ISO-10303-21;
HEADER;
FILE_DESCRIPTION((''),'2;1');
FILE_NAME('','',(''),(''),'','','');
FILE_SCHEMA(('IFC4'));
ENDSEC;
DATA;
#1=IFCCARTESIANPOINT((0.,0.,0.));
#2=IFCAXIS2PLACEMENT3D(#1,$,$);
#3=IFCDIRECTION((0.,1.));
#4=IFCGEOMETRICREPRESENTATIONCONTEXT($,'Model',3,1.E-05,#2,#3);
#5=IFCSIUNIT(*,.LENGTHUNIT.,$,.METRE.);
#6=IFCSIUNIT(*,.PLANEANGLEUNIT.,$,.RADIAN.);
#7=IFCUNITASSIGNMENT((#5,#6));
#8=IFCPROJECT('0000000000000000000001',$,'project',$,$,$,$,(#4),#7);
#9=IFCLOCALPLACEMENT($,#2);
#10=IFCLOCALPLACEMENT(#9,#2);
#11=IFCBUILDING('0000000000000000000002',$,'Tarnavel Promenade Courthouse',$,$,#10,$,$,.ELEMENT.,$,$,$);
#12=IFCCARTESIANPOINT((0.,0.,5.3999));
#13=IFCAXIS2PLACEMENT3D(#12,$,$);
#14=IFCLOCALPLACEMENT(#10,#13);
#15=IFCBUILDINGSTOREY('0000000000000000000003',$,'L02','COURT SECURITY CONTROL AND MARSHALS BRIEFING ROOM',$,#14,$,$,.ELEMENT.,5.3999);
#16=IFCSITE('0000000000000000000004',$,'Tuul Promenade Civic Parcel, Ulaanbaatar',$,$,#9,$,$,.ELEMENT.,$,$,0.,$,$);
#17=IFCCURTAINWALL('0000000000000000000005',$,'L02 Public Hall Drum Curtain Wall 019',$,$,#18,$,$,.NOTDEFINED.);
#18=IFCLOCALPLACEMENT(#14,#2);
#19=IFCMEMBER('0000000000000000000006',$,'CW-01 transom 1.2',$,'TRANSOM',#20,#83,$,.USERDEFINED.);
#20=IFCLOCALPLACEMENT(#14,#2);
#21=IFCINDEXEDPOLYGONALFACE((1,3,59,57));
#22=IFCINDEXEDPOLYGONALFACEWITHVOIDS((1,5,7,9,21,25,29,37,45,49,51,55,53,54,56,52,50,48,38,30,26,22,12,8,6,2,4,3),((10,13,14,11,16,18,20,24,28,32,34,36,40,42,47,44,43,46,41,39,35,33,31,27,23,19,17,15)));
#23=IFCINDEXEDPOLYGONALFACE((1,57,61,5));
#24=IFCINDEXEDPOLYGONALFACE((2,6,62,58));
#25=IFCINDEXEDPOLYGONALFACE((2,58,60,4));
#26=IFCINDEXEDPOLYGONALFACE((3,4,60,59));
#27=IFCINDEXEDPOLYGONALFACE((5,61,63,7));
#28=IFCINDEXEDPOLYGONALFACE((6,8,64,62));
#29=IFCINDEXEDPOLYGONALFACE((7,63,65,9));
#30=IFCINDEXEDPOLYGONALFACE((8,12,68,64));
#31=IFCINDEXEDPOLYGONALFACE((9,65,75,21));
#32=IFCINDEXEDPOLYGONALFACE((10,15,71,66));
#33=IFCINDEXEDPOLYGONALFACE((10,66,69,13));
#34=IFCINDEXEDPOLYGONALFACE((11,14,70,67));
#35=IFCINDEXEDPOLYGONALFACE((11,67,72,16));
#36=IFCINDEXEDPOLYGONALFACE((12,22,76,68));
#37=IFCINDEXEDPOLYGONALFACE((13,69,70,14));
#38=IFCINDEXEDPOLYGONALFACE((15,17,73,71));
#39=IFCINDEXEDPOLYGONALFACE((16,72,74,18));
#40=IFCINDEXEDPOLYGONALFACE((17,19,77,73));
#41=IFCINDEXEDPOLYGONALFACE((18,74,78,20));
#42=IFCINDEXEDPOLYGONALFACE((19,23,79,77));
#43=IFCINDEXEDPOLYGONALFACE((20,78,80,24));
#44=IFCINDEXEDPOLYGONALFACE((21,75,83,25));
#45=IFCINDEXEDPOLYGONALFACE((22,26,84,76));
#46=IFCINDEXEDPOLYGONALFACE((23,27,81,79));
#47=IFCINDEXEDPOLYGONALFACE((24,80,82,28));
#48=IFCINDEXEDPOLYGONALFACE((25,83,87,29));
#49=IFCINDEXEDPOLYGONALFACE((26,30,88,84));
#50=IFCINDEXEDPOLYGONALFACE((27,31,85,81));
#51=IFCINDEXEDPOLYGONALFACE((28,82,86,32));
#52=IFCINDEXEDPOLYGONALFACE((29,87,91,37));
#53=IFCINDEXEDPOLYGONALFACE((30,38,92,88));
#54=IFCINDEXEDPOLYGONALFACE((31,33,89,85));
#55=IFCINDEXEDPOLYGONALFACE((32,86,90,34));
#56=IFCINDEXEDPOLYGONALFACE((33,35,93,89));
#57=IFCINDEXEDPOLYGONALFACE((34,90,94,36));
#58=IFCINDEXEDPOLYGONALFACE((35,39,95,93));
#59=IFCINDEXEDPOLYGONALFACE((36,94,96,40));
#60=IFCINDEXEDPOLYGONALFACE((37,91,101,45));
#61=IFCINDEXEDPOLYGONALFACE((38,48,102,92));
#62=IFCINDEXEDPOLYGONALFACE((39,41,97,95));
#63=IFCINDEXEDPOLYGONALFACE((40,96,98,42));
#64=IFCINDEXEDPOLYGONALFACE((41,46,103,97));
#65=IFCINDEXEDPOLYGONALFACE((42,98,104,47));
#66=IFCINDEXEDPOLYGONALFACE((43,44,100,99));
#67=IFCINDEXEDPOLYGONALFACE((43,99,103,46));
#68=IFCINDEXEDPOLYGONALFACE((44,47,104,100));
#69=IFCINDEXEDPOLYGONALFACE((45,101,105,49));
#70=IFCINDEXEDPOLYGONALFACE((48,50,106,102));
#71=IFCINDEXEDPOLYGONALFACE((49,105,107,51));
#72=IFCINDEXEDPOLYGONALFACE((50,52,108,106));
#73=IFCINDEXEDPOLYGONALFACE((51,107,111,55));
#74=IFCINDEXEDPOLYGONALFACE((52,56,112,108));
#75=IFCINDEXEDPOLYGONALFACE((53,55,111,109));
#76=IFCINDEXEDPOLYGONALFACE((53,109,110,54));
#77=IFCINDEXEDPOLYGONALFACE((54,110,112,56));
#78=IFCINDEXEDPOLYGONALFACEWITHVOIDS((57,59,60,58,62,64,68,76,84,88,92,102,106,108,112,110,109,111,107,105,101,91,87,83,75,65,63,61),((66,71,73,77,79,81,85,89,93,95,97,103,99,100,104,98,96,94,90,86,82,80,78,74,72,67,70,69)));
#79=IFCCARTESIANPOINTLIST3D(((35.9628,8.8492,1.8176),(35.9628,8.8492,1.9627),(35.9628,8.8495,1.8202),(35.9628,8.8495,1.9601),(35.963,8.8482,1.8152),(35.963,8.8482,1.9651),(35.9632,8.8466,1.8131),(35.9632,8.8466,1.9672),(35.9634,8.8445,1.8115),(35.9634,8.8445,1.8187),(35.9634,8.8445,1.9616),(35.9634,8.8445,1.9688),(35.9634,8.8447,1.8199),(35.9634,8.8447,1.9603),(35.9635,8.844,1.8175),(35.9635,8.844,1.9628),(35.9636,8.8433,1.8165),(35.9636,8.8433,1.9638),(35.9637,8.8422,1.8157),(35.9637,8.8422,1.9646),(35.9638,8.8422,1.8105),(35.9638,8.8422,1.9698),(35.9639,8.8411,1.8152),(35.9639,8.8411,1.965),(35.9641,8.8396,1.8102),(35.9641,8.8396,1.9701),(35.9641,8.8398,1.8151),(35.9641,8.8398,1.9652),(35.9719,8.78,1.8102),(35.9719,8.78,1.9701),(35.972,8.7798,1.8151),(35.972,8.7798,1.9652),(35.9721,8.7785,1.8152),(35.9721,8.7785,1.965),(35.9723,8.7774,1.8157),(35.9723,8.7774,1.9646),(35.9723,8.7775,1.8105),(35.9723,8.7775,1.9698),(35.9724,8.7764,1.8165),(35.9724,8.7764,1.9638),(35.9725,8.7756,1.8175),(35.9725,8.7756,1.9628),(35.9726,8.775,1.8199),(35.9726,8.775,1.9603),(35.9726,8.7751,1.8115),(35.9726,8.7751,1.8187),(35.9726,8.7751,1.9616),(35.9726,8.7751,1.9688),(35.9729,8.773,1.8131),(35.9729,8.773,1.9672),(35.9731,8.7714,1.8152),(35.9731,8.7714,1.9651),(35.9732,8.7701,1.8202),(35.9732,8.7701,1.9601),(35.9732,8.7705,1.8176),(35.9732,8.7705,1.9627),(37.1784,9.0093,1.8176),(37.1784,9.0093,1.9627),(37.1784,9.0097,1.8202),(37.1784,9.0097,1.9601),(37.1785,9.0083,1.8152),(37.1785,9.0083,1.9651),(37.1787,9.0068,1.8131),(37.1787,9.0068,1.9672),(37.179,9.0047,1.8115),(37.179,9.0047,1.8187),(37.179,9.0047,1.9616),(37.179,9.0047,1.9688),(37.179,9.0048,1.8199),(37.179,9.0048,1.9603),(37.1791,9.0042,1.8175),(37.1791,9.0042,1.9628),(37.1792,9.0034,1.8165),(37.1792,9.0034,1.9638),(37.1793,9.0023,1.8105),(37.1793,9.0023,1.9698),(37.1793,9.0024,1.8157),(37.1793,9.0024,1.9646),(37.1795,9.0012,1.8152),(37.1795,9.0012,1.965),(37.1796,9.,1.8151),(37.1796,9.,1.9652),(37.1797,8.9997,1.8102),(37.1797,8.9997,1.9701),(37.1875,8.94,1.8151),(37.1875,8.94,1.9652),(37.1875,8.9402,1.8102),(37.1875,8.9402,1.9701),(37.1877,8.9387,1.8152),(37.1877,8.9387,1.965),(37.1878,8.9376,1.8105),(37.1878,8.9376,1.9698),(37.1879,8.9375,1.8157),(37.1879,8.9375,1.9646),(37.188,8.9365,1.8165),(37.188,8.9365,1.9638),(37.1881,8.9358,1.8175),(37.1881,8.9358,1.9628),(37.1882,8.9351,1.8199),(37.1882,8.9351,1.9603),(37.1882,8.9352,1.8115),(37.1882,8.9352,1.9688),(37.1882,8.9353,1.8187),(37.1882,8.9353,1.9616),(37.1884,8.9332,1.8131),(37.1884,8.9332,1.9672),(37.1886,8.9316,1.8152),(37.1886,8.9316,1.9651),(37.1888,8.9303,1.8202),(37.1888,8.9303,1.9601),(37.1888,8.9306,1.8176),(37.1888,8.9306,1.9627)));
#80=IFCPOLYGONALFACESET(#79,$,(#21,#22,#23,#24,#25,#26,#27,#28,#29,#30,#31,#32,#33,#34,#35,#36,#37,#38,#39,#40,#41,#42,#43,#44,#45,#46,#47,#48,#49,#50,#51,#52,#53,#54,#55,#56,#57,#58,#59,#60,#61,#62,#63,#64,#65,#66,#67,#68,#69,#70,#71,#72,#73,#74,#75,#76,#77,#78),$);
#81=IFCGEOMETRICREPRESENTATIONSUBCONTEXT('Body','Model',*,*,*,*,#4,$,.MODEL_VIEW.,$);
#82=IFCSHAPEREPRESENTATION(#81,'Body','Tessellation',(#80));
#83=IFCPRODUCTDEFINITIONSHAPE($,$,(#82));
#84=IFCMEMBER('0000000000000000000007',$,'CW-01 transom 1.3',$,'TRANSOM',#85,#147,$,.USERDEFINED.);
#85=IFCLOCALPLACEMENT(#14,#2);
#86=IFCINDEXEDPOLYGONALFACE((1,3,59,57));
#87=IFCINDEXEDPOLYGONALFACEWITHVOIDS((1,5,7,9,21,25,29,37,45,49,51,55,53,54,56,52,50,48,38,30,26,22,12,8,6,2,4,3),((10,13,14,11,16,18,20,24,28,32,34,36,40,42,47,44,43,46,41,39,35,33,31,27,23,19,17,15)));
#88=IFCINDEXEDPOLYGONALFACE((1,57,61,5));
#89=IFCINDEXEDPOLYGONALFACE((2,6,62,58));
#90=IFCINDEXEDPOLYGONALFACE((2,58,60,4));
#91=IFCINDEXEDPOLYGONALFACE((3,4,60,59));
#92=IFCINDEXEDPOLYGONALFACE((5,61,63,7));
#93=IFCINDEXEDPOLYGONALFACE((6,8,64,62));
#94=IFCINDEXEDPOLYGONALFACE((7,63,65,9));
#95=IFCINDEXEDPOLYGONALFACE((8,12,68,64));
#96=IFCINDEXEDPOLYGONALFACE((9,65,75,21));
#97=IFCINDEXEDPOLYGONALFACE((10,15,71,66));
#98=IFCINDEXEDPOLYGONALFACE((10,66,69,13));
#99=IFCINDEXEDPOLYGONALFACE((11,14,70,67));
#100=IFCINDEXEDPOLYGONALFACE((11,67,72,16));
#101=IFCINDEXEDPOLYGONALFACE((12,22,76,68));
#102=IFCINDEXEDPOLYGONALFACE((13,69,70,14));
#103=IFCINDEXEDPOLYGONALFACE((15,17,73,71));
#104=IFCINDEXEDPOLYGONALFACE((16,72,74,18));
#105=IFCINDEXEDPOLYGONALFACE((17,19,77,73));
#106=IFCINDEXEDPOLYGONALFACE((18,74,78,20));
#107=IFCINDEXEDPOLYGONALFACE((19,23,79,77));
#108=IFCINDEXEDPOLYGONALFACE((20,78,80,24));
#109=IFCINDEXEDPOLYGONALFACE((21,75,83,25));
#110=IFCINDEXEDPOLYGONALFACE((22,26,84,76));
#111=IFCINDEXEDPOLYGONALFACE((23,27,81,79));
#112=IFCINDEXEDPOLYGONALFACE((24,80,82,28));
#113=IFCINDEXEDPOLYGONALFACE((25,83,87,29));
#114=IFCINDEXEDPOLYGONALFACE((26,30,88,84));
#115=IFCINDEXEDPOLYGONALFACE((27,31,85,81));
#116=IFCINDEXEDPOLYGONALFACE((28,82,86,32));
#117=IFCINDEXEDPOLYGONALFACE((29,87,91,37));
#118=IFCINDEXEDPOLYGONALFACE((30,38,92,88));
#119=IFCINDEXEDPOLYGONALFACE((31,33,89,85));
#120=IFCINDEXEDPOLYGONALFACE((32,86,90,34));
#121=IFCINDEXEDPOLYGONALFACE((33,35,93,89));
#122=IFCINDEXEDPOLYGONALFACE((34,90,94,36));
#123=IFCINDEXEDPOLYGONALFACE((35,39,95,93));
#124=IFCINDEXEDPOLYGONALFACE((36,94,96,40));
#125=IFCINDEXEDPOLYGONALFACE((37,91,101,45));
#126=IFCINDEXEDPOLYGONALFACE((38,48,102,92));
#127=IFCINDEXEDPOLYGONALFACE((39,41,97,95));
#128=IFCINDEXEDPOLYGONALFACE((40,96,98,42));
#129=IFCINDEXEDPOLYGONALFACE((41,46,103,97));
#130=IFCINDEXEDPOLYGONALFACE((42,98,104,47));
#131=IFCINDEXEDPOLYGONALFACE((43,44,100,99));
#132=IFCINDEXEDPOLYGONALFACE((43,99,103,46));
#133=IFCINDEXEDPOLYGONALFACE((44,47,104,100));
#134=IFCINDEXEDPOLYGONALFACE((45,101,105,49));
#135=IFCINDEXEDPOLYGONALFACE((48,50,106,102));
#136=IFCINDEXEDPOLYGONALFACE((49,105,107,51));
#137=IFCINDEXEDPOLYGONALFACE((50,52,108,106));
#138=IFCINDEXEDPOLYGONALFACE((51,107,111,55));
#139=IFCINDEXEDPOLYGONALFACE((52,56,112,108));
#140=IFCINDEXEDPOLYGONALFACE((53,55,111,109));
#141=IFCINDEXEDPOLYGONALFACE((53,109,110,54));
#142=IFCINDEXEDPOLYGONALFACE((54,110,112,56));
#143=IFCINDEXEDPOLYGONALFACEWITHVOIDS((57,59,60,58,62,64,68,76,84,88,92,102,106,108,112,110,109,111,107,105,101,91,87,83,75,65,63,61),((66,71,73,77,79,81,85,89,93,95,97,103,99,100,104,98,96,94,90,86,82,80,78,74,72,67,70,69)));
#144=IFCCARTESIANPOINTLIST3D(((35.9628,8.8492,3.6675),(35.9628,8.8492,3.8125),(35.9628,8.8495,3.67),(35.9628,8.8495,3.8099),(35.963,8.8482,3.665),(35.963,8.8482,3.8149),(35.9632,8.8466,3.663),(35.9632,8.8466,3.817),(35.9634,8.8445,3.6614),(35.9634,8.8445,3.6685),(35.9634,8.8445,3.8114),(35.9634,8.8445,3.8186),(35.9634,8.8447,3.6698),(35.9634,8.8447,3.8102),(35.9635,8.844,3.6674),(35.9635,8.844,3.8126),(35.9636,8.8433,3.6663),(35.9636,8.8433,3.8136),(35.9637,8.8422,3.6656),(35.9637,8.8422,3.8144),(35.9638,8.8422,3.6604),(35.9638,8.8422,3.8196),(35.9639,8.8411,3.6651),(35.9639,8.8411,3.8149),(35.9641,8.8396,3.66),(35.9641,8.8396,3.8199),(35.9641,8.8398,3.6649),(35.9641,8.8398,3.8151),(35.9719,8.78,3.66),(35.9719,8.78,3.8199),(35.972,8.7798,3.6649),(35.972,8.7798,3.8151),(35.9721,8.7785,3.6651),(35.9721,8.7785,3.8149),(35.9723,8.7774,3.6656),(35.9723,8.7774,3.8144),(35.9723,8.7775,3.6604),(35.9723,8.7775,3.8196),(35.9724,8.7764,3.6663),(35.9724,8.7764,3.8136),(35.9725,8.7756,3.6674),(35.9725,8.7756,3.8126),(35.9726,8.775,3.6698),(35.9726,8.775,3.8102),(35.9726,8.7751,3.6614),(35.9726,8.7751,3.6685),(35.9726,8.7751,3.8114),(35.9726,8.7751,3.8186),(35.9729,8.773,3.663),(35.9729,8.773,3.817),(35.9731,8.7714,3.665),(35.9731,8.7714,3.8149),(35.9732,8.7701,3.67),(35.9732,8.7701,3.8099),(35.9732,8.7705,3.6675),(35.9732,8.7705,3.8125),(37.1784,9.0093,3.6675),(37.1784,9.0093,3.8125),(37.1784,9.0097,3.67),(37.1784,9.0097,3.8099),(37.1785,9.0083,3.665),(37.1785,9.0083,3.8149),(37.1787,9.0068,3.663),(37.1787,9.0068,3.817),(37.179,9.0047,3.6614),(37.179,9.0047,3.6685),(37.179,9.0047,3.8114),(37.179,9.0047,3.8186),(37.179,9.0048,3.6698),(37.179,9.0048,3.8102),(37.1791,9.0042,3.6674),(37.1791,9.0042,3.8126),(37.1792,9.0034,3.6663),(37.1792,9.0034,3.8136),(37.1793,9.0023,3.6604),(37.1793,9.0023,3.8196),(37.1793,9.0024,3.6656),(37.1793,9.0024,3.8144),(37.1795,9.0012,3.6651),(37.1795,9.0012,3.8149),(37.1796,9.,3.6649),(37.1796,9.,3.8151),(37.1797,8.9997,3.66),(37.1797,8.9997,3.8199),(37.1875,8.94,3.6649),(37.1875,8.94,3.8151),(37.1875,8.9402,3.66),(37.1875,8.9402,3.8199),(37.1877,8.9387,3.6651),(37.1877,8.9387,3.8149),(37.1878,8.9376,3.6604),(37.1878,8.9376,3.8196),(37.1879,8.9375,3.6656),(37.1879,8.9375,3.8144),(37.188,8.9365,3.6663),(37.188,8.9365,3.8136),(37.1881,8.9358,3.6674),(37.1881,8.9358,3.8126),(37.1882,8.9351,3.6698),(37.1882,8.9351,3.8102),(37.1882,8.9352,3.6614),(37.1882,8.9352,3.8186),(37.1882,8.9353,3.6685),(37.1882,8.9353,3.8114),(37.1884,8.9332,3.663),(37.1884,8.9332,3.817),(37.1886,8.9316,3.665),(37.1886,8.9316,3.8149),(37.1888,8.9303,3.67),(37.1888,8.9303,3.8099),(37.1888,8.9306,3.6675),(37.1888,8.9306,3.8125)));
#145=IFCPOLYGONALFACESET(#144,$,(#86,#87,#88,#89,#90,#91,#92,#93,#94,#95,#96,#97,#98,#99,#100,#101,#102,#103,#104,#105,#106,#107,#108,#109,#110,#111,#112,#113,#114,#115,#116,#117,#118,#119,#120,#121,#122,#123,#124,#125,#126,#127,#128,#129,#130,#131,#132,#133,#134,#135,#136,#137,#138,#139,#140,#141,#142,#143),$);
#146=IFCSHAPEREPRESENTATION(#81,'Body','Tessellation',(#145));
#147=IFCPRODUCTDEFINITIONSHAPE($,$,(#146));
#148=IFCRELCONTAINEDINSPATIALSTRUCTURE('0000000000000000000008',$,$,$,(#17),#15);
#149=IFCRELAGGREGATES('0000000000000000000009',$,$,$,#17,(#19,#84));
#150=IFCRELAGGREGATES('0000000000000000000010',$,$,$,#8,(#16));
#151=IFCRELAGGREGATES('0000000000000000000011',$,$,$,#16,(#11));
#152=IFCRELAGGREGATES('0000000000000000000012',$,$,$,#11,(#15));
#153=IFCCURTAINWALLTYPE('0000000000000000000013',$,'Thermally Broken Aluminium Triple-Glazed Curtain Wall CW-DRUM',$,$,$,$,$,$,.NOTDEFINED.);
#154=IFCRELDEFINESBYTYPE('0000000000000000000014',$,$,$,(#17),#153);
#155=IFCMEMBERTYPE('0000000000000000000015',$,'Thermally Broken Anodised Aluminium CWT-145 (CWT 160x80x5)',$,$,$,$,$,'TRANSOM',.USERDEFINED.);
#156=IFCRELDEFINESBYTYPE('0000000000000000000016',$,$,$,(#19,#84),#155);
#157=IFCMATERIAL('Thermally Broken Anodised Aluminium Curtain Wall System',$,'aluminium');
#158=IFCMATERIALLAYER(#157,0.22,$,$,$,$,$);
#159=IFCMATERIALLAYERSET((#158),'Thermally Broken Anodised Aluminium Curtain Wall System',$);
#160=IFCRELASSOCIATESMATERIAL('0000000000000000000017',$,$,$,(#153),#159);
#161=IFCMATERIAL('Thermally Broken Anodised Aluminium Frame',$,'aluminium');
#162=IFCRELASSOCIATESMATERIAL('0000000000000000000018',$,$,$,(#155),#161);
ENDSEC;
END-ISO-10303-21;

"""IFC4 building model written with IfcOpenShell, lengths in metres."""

from ifc_helpers import new_model, si_unit, direction, frame, origin, origin_2d, place, context, subcontext, project, spatial, hollow_rectangle, extrude, material, layer, layer_set, material_profile, profile_set, type_object, element, aggregate, save


model = new_model("IFC4")

# Units and contexts
model_context = context("Model", 3, precision=1e-05, world=origin(), true_north=direction((0.0, 1.0)))
body_context = subcontext(model_context, "Body", "Model", "MODEL_VIEW")
ifc_project = project(units=[si_unit("LENGTHUNIT", "METRE"), si_unit("PLANEANGLEUNIT", "RADIAN")], contexts=[model_context])

# Site, building, storey
site_placement = place(None, origin())
site = spatial("IfcSite", under=ifc_project, at=site_placement, Name="Tuul Promenade Civic Parcel, Ulaanbaatar", CompositionType="ELEMENT", RefElevation=0.0)
building_placement = place(site_placement, origin())
building = spatial("IfcBuilding", under=site, at=building_placement, Name="Tarnavel Promenade Courthouse", CompositionType="ELEMENT")
storey_placement = place(building_placement, frame((0.0, 0.0, 5.3999)))
storey = spatial("IfcBuildingStorey", under=building, at=storey_placement, Name="L02", Description="COURT SECURITY CONTROL AND MARSHALS BRIEFING ROOM", CompositionType="ELEMENT", Elevation=5.3999)

# Curtain wall
ifc_material_1 = material(Name="Thermally Broken Anodised Aluminium Curtain Wall System", Category="aluminium")
ifc_layer_1 = layer(ifc_material_1, 0.22)
ifc_layer_set_1 = layer_set([ifc_layer_1], Name="Thermally Broken Anodised Aluminium Curtain Wall System")
curtain_wall_type = type_object("IfcCurtainWallType", Name="Thermally Broken Aluminium Triple-Glazed Curtain Wall CW-DRUM", PredefinedType="NOTDEFINED", material=ifc_layer_set_1)
ifc_material_2 = material(Name="Thermally Broken Anodised Aluminium Frame", Category="aluminium")
curtain_wall_1_placement = place(storey_placement, origin())
curtain_wall_1 = element("IfcCurtainWall", 1, at=curtain_wall_1_placement, inside=storey, type_object=curtain_wall_type, Name="L02 Public Hall Drum Curtain Wall 019", PredefinedType="NOTDEFINED")

# Members
ifc_material_profile_1 = material_profile(ifc_material_2, hollow_rectangle(XDim=0.0801, YDim=0.1599, WallThickness=0.0049, InnerFilletRadius=0.0049, OuterFilletRadius=0.01, at=origin_2d()), Name="CWT 160x80x5")
ifc_profile_set_1 = profile_set([ifc_material_profile_1], Name="Thermally Broken Anodised Aluminium Frame")
member_type_1 = type_object("IfcMemberType", Name="Thermally Broken Anodised Aluminium CWT-145 (CWT 160x80x5)", ElementType="TRANSOM", PredefinedType="USERDEFINED", material=ifc_profile_set_1)
member_1_placement = place(storey_placement, frame((35.968, 8.8098, 1.8901), z_axis=(0.991432, 0.130624, 0.0), x_axis=(-0.130624, 0.991432, 0.0)))
member_1 = element("IfcMember", 2, at=member_1_placement, type_object=member_type_1, Name="CW-01 transom 1.2", ObjectType="TRANSOM", PredefinedType="USERDEFINED", context=body_context, shape_type="SweptSolid", body=[
    extrude(hollow_rectangle(XDim=0.0801, YDim=0.1599, WallThickness=0.0049, InnerFilletRadius=0.0049, OuterFilletRadius=0.01, at=origin_2d()), origin(), (0.0, 0.0, 1.0), 1.2261),
])
member_2_placement = place(storey_placement, frame((35.968, 8.8098, 3.74), z_axis=(0.991432, 0.130624, 0.0), x_axis=(-0.130624, 0.991432, 0.0)))
member_2 = element("IfcMember", 3, at=member_2_placement, type_object=member_type_1, Name="CW-01 transom 1.3", ObjectType="TRANSOM", PredefinedType="USERDEFINED", context=body_context, shape_type="SweptSolid", body=[
    extrude(hollow_rectangle(XDim=0.0801, YDim=0.1599, WallThickness=0.0049, InnerFilletRadius=0.0049, OuterFilletRadius=0.01, at=origin_2d()), origin(), (0.0, 0.0, 1.0), 1.2261),
])

aggregate(curtain_wall_1, [member_1, member_2])

save(model, "model.ifc")
